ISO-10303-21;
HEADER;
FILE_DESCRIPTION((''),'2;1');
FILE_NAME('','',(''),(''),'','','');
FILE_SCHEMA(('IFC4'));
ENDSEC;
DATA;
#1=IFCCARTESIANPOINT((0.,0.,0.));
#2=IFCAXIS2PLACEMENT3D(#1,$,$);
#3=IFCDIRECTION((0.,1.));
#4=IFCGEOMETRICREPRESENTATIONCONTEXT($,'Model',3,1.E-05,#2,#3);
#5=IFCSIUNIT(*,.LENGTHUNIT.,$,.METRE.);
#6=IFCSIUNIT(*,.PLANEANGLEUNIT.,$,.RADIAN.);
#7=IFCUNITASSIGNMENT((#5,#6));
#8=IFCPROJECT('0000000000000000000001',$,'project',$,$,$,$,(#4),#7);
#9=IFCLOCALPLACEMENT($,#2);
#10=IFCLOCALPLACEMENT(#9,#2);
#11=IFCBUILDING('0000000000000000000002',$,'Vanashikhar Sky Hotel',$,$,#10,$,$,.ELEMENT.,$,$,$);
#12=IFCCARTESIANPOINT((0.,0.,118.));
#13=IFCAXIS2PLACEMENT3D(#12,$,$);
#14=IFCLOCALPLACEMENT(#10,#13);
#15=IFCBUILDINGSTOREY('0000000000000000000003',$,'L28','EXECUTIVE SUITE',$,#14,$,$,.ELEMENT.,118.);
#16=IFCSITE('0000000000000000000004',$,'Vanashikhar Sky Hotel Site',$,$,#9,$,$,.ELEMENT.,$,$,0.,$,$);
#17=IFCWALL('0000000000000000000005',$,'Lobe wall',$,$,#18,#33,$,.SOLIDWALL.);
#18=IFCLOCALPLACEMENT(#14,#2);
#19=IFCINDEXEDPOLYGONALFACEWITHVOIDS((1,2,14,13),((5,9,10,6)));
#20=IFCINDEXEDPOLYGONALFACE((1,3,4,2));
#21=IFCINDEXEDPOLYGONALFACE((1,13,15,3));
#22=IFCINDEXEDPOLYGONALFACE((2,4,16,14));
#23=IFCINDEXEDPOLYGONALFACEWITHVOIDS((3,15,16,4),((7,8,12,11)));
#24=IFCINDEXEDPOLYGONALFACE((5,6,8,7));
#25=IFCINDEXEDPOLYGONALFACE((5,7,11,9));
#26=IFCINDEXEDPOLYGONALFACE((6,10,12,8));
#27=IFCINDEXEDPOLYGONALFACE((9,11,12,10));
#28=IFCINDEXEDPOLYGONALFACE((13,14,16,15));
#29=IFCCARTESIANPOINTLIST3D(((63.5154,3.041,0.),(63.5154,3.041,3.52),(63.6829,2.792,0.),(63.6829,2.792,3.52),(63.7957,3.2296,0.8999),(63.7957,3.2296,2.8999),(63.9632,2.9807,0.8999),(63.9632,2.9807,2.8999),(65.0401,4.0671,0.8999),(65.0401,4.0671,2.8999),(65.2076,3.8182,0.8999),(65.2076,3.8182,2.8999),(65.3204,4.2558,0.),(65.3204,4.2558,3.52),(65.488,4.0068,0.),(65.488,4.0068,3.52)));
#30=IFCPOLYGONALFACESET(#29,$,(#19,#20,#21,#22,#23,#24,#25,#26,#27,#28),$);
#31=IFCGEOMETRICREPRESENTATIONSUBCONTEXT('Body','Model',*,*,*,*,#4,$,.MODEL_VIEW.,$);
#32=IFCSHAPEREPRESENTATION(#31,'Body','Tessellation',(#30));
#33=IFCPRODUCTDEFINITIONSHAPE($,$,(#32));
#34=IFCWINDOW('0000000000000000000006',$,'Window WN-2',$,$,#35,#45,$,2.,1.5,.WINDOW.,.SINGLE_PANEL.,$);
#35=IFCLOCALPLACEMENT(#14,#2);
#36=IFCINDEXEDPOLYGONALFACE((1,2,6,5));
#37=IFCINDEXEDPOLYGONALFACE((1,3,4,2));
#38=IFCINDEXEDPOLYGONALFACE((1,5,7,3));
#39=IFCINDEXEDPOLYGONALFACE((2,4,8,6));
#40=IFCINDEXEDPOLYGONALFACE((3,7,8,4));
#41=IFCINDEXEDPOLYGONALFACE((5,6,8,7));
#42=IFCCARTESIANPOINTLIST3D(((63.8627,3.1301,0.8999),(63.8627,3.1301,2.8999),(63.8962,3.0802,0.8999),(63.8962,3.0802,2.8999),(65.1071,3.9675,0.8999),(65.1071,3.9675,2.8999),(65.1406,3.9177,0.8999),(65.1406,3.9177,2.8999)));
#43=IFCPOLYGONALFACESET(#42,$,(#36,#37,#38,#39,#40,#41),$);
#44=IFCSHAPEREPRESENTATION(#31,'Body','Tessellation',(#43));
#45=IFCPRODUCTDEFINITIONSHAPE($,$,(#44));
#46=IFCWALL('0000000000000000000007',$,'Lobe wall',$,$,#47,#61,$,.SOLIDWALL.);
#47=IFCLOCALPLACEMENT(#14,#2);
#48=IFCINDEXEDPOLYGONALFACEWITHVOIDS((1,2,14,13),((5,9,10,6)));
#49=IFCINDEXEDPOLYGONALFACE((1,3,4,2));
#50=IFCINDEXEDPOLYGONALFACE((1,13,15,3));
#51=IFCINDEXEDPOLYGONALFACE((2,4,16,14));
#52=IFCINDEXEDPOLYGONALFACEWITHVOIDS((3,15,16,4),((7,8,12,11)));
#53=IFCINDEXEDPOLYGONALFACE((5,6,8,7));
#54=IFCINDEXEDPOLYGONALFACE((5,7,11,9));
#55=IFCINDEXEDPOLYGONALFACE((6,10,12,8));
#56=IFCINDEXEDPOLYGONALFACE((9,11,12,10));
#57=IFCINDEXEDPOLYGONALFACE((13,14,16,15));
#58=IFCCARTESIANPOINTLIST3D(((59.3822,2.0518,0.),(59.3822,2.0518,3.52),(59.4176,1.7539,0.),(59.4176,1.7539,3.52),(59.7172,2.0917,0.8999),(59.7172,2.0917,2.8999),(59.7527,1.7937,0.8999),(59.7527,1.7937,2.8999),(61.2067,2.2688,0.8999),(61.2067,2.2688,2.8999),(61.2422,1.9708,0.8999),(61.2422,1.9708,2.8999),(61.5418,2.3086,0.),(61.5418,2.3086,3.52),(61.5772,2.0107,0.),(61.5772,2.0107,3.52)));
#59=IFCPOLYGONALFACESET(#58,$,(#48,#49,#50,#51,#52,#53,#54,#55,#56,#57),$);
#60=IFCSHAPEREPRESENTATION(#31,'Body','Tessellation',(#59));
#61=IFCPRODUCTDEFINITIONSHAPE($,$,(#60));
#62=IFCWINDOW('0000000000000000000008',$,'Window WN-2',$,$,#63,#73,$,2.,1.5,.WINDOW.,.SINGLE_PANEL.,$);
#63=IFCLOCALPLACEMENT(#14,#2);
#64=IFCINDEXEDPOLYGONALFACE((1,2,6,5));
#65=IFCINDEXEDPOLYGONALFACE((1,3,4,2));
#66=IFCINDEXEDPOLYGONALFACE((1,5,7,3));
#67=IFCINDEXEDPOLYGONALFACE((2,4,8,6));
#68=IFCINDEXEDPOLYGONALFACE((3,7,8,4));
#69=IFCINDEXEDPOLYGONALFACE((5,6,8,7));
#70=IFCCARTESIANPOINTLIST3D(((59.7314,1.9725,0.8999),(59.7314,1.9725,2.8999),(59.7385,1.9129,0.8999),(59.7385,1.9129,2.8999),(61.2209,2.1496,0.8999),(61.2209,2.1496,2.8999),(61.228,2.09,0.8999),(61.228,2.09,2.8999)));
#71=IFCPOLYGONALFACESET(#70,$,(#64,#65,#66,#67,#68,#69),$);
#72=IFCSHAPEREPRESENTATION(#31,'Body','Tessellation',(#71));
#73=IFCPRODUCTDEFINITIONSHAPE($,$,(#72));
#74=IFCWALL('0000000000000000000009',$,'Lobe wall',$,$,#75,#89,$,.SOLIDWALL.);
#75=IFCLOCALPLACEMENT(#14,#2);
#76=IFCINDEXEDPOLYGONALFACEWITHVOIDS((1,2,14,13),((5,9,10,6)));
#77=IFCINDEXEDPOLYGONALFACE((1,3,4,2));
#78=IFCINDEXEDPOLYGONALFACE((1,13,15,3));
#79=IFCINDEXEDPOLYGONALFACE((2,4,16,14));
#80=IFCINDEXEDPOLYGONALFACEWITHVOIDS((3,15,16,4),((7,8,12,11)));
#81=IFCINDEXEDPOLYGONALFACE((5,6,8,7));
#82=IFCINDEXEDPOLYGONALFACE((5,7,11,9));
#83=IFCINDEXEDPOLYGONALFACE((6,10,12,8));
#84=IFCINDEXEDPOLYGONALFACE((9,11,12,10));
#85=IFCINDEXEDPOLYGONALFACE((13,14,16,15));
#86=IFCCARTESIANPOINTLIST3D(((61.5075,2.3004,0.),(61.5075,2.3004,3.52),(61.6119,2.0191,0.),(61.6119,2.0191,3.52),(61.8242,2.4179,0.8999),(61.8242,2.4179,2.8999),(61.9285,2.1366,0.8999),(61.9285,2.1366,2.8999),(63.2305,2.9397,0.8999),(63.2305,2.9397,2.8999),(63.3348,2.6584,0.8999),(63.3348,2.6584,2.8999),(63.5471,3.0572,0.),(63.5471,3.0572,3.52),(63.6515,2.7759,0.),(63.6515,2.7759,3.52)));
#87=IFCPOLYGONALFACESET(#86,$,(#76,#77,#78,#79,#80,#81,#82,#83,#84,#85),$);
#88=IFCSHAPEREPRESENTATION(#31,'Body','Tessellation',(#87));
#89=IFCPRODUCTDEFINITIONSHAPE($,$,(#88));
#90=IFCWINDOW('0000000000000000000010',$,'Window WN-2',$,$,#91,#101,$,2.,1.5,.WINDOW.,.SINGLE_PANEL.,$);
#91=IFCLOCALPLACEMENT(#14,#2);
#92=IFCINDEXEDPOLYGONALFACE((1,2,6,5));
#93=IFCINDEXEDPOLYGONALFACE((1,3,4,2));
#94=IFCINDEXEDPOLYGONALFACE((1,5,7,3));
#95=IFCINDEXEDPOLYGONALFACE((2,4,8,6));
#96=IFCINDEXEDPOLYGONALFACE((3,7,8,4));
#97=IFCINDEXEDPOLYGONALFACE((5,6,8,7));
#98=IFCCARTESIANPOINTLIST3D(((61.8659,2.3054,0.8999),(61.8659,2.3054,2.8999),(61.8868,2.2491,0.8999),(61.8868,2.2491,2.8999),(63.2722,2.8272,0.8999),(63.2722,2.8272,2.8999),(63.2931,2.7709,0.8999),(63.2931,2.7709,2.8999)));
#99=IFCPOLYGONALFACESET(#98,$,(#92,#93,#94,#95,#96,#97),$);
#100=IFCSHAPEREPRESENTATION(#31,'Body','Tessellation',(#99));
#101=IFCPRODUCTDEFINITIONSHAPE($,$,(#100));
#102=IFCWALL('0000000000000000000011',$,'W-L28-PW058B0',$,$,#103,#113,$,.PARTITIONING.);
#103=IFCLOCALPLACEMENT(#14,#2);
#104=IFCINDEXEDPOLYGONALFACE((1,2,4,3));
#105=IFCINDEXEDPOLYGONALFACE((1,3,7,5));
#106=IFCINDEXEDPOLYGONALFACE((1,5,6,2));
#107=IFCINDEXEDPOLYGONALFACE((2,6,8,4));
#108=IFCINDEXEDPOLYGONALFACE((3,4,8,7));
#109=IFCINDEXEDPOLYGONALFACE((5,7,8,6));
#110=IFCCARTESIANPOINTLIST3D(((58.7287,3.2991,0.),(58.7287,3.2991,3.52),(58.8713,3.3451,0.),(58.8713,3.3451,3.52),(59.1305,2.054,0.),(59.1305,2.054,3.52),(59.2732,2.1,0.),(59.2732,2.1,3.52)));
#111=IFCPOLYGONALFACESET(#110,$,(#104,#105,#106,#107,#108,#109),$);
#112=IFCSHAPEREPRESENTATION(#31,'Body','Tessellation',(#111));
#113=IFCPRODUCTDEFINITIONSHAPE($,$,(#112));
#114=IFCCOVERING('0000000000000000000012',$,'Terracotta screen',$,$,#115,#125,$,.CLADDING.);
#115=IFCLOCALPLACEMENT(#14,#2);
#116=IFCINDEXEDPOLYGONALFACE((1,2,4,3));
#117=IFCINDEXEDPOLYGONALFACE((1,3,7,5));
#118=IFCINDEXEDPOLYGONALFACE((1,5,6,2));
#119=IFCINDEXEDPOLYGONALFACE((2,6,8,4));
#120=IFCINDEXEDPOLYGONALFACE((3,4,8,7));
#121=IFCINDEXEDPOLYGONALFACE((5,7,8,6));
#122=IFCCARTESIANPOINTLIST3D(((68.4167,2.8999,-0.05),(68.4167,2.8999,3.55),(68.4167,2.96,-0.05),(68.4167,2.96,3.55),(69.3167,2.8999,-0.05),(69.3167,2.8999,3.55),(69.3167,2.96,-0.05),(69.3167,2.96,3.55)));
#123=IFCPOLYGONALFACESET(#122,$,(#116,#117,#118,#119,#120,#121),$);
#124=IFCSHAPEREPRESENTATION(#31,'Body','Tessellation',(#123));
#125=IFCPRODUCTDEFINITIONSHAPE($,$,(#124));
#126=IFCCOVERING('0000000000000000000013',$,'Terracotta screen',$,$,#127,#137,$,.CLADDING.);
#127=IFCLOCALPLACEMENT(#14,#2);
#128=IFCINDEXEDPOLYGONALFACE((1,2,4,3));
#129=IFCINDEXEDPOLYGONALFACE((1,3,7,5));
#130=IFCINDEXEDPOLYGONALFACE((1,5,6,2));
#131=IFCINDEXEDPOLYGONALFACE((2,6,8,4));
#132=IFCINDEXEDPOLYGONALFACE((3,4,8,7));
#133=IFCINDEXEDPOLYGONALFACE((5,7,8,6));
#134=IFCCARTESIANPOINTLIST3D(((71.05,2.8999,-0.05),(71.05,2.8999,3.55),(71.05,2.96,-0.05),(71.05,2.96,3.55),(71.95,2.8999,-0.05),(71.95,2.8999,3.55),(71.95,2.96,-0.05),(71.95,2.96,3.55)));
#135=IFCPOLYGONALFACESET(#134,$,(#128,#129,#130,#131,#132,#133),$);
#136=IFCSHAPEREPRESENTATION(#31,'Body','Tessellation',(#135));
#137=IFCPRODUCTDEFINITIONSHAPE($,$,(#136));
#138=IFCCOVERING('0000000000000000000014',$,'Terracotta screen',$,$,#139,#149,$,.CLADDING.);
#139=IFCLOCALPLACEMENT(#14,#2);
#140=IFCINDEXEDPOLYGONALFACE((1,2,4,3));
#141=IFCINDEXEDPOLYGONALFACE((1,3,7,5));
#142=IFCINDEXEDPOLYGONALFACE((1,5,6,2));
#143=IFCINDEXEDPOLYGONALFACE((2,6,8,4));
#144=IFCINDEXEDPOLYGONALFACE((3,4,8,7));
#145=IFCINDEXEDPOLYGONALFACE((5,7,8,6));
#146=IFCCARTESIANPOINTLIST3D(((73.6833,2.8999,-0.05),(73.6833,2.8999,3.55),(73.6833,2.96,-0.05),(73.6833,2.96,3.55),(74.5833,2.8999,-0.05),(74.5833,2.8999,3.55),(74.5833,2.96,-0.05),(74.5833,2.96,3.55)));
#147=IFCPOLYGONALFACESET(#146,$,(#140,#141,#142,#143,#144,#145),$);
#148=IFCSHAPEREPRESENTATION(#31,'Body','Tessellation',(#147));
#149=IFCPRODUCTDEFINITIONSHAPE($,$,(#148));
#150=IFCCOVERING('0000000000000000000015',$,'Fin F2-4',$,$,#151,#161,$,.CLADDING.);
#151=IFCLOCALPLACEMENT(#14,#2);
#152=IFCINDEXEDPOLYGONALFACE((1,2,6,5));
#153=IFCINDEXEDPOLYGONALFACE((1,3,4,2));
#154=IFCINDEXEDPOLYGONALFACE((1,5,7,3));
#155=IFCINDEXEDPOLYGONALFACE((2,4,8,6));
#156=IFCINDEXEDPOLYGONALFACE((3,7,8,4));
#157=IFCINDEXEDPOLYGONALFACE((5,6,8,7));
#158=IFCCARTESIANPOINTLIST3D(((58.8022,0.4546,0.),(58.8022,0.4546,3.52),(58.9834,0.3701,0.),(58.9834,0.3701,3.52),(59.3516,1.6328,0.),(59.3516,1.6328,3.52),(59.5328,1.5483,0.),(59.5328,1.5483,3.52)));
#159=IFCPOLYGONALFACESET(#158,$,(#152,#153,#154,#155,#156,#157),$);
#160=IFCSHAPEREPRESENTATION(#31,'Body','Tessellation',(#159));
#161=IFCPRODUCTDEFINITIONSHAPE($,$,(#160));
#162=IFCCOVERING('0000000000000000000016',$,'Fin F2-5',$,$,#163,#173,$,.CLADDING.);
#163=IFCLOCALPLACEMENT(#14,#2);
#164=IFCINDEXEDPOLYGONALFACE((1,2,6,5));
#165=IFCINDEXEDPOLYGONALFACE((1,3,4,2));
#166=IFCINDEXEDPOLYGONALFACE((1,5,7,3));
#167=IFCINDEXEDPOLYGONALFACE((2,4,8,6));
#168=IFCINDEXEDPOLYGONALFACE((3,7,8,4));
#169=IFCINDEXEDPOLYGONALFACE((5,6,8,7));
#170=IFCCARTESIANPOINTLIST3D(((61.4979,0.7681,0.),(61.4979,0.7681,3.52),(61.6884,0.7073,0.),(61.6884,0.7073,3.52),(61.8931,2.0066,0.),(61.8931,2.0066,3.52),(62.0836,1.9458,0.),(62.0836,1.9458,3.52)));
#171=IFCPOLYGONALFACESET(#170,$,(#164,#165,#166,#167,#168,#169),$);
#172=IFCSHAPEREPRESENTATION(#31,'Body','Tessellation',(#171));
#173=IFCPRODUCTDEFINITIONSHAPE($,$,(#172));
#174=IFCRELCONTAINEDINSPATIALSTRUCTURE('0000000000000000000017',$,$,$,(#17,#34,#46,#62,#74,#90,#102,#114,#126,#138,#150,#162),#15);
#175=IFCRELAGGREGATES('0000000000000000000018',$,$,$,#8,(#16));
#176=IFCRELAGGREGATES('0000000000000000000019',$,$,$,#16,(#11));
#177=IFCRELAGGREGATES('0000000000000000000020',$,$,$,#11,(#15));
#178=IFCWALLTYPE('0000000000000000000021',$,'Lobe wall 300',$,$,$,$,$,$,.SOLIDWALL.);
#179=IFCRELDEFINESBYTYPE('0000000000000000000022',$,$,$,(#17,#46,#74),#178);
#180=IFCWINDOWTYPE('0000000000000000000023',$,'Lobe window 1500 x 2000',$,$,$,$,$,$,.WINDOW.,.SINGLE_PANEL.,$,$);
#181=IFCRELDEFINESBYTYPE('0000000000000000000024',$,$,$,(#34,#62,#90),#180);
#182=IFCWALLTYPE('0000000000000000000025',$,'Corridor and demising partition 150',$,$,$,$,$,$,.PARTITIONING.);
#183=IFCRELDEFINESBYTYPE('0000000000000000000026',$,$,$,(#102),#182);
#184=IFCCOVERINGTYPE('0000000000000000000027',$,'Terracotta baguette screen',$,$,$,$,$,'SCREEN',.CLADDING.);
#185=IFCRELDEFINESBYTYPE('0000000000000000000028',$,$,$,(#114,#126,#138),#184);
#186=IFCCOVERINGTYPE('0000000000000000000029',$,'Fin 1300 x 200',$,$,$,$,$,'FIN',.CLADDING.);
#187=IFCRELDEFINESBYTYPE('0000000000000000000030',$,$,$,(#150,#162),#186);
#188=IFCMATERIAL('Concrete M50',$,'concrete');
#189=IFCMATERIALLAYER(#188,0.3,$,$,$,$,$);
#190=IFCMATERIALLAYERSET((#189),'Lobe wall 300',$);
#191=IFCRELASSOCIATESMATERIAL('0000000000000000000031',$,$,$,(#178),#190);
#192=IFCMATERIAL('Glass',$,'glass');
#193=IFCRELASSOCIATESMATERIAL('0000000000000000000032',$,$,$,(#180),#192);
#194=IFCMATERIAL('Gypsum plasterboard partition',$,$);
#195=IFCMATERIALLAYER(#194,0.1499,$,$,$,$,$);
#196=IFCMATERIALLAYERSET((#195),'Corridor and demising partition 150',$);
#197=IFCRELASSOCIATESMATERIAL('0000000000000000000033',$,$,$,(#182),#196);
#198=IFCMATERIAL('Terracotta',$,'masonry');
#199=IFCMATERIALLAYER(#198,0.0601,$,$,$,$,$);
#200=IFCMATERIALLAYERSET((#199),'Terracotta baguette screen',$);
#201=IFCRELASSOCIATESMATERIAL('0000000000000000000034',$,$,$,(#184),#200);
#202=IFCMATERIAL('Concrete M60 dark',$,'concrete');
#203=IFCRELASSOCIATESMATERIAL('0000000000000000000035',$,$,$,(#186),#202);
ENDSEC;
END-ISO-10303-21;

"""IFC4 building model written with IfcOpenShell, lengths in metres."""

from ifc_helpers import new_model, si_unit, direction, frame, frame_2d, origin, origin_2d, place, context, subcontext, project, spatial, rectangle, extrude, source, transform, mapped, material, layer, layer_set, material_profile, profile_set, type_object, element, fill, save


model = new_model("IFC4")

# Units and contexts
model_context = context("Model", 3, precision=1e-05, world=origin(), true_north=direction((0.0, 1.0)))
body_context = subcontext(model_context, "Body", "Model", "MODEL_VIEW")
ifc_project = project(units=[si_unit("LENGTHUNIT", "METRE"), si_unit("PLANEANGLEUNIT", "RADIAN")], contexts=[model_context])

# Site, building, storey
site_placement = place(None, origin())
site = spatial("IfcSite", under=ifc_project, at=site_placement, Name="Vanashikhar Sky Hotel Site", CompositionType="ELEMENT", RefElevation=0.0)
building_placement = place(site_placement, origin())
building = spatial("IfcBuilding", under=site, at=building_placement, Name="Vanashikhar Sky Hotel", CompositionType="ELEMENT")
storey_placement = place(building_placement, frame((0.0, 0.0, 118.0)))
storey = spatial("IfcBuildingStorey", under=building, at=storey_placement, Name="L28", Description="EXECUTIVE SUITE", CompositionType="ELEMENT", Elevation=118.0)

# Walls, openings, windows
ifc_material_1 = material(Name="Concrete M50", Category="concrete")
ifc_layer_1 = layer(ifc_material_1, 0.3)
ifc_layer_set_1 = layer_set([ifc_layer_1], Name="Lobe wall 300")
wall_type_1 = type_object("IfcWallType", Name="Lobe wall 300", PredefinedType="SOLIDWALL", material=ifc_layer_set_1)
shared_shape_1 = source(origin(), body_context, "Body", "SweptSolid", [
    extrude(rectangle(XDim=2.1758, YDim=0.3, at=frame_2d((1.0879, 0.0))), origin(), (0.0, 0.0, 1.0), 3.52),
])
wall_1_placement = place(storey_placement, frame((63.5991, 2.9165, 0.0), z_axis=(0.0, 0.0, 1.0), x_axis=(0.829626, 0.55832, 0.0)))
wall_1 = element("IfcWall", 1, at=wall_1_placement, inside=storey, type_object=wall_type_1, Name="Lobe wall", PredefinedType="SOLIDWALL", context=body_context, shape_type="MappedRepresentation", body=[
    mapped(shared_shape_1, transform((0.0, 0.0, 0.0), scale=1.0)),
])
shared_shape_2 = source(origin(), body_context, "Body", "SweptSolid", [
    extrude(rectangle(XDim=1.5, YDim=2.0, at=frame_2d((0.75, 1.0))), frame((0.0, 0.1602, 0.0), z_axis=(0.0, -1.0, 0.0), x_axis=(1.0, 0.0, 0.0)), (0.0, 0.0, 1.0), 0.3201),
])
opening_1_placement = place(wall_1_placement, frame((0.3379, 0.0, 0.8999)))
opening_1 = element("IfcOpeningElement", 2, at=opening_1_placement, cuts=wall_1, PredefinedType="OPENING", context=body_context, shape_type="MappedRepresentation", body=[
    mapped(shared_shape_2, transform((0.0, 0.0, 0.0), scale=1.0)),
])
ifc_material_2 = material(Name="Glass", Category="glass")
window_type = type_object("IfcWindowType", Name="Lobe window 1500 x 2000", PartitioningType="SINGLE_PANEL", PredefinedType="WINDOW", material=ifc_material_2)
shared_shape_3 = source(origin(), body_context, "Body", "SweptSolid", [
    extrude(rectangle(XDim=1.5, YDim=2.0, at=frame_2d((0.75, 1.0))), frame((0.0, 0.03, 0.0), z_axis=(0.0, -1.0, 0.0), x_axis=(1.0, 0.0, 0.0)), (0.0, 0.0, 1.0), 0.0601),
])
window_1_placement = place(opening_1_placement, origin())
window_1 = element("IfcWindow", 3, at=window_1_placement, inside=storey, type_object=window_type, Name="Window WN-2", OverallHeight=2.0, OverallWidth=1.5, PartitioningType="SINGLE_PANEL", PredefinedType="WINDOW", context=body_context, shape_type="MappedRepresentation", body=[
    mapped(shared_shape_3, transform((0.0, 0.0, 0.0), scale=1.0)),
])
fill(opening_1, window_1)
shared_shape_4 = source(origin(), body_context, "Body", "SweptSolid", [
    extrude(rectangle(XDim=2.1748, YDim=0.3, at=frame_2d((1.0874, 0.0))), origin(), (0.0, 0.0, 1.0), 3.52),
])
wall_2_placement = place(storey_placement, frame((59.3999, 1.9028, 0.0), z_axis=(0.0, 0.0, 1.0), x_axis=(0.993003, 0.118092, 0.0)))
wall_2 = element("IfcWall", 4, at=wall_2_placement, inside=storey, type_object=wall_type_1, Name="Lobe wall", PredefinedType="SOLIDWALL", context=body_context, shape_type="MappedRepresentation", body=[
    mapped(shared_shape_4, transform((0.0, 0.0, 0.0), scale=1.0)),
])
opening_2_placement = place(wall_2_placement, frame((0.3374, 0.0, 0.8999)))
opening_2 = element("IfcOpeningElement", 5, at=opening_2_placement, cuts=wall_2, PredefinedType="OPENING", context=body_context, shape_type="MappedRepresentation", body=[
    mapped(shared_shape_2, transform((0.0, 0.0, 0.0), scale=1.0)),
])
window_2_placement = place(opening_2_placement, origin())
window_2 = element("IfcWindow", 6, at=window_2_placement, inside=storey, type_object=window_type, Name="Window WN-2", OverallHeight=2.0, OverallWidth=1.5, PartitioningType="SINGLE_PANEL", PredefinedType="WINDOW", context=body_context, shape_type="MappedRepresentation", body=[
    mapped(shared_shape_3, transform((0.0, 0.0, 0.0), scale=1.0)),
])
fill(opening_2, window_2)
shared_shape_5 = source(origin(), body_context, "Body", "SweptSolid", [
    extrude(rectangle(XDim=2.1755, YDim=0.3, at=frame_2d((1.0879, 0.0))), origin(), (0.0, 0.0, 1.0), 3.52),
])
wall_3_placement = place(storey_placement, frame((61.5596, 2.1597, 0.0), z_axis=(0.0, 0.0, 1.0), x_axis=(0.937532, 0.347899, 0.0)))
wall_3 = element("IfcWall", 7, at=wall_3_placement, inside=storey, type_object=wall_type_1, Name="Lobe wall", PredefinedType="SOLIDWALL", context=body_context, shape_type="MappedRepresentation", body=[
    mapped(shared_shape_5, transform((0.0, 0.0, 0.0), scale=1.0)),
])
opening_3_placement = place(wall_3_placement, frame((0.3379, 0.0, 0.8999)))
opening_3 = element("IfcOpeningElement", 8, at=opening_3_placement, cuts=wall_3, PredefinedType="OPENING", context=body_context, shape_type="MappedRepresentation", body=[
    mapped(shared_shape_2, transform((0.0, 0.0, 0.0), scale=1.0)),
])
window_3_placement = place(opening_3_placement, origin())
window_3 = element("IfcWindow", 9, at=window_3_placement, inside=storey, type_object=window_type, Name="Window WN-2", OverallHeight=2.0, OverallWidth=1.5, PartitioningType="SINGLE_PANEL", PredefinedType="WINDOW", context=body_context, shape_type="MappedRepresentation", body=[
    mapped(shared_shape_3, transform((0.0, 0.0, 0.0), scale=1.0)),
])
fill(opening_3, window_3)

# Wall
ifc_material_3 = material(Name="Gypsum plasterboard partition")
ifc_layer_2 = layer(ifc_material_3, 0.1499)
ifc_layer_set_2 = layer_set([ifc_layer_2], Name="Corridor and demising partition 150")
wall_type_2 = type_object("IfcWallType", Name="Corridor and demising partition 150", PredefinedType="PARTITIONING", material=ifc_layer_set_2)
shared_shape_6 = source(origin(), body_context, "Body", "SweptSolid", [
    extrude(rectangle(XDim=1.3083, YDim=0.1499, at=frame_2d((0.6543, 0.0))), origin(), (0.0, 0.0, 1.0), 3.52),
])
wall_4_placement = place(storey_placement, frame((59.2019, 2.0769, 0.0), z_axis=(0.0, 0.0, 1.0), x_axis=(-0.307145, 0.951663, 0.0)))
element("IfcWall", 10, at=wall_4_placement, inside=storey, type_object=wall_type_2, Name="W-L28-PW058B0", PredefinedType="PARTITIONING", context=body_context, shape_type="MappedRepresentation", body=[
    mapped(shared_shape_6, transform((0.0, 0.0, 0.0), scale=1.0)),
])

# Coverings
ifc_material_4 = material(Name="Terracotta", Category="masonry")
ifc_layer_3 = layer(ifc_material_4, 0.0601)
ifc_layer_set_3 = layer_set([ifc_layer_3], Name="Terracotta baguette screen")
covering_type_1 = type_object("IfcCoveringType", Name="Terracotta baguette screen", ElementType="SCREEN", PredefinedType="CLADDING", material=ifc_layer_set_3)
shared_shape_7 = source(origin(), body_context, "Body", "SweptSolid", [
    extrude(rectangle(XDim=0.8999, YDim=0.0601, at=origin_2d()), origin(), (0.0, 0.0, 1.0), 3.6001),
])
for number, where, z_axis, x_axis, name in (
    (11, (68.8667, 2.9299, -0.05), (0.0, 0.0, 1.0), (1.0, 0.0, 0.0), "Terracotta screen"),
    (12, (71.5, 2.9299, -0.05), (0.0, 0.0, 1.0), (1.0, 0.0, 0.0), "Terracotta screen"),
    (13, (74.1333, 2.9299, -0.05), (0.0, 0.0, 1.0), (1.0, 0.0, 0.0), "Terracotta screen"),
):
    element("IfcCovering", number, at=place(storey_placement, frame(where, z_axis=z_axis, x_axis=x_axis)), inside=storey, type_object=covering_type_1, Name=name, PredefinedType="CLADDING", context=body_context, shape_type="MappedRepresentation", body=[
        mapped(shared_shape_7, transform((0.0, 0.0, 0.0), scale=1.0)),
    ])
ifc_material_5 = material(Name="Concrete M60 dark", Category="concrete")
ifc_material_profile = material_profile(ifc_material_5, rectangle(XDim=1.3, YDim=0.2, at=origin_2d()))
ifc_profile_set = profile_set([ifc_material_profile], Name="Fin 1300 x 200")
covering_type_2 = type_object("IfcCoveringType", Name="Fin 1300 x 200", ElementType="FIN", PredefinedType="CLADDING", material=ifc_profile_set)
shared_shape_8 = source(origin(), body_context, "Body", "SweptSolid", [
    extrude(rectangle(XDim=1.3, YDim=0.2, at=origin_2d()), origin(), (0.0, 0.0, 1.0), 3.52),
])
for number, where, z_axis, x_axis, name in (
    (14, (59.1675, 1.0015, 0.0), (0.0, 0.0, 1.0), (-0.422618, -0.906308, 0.0), "Fin F2-4"),
    (15, (61.7908, 1.3569, 0.0), (0.0, 0.0, 1.0), (-0.303967, -0.952683, 0.0), "Fin F2-5"),
):
    element("IfcCovering", number, at=place(storey_placement, frame(where, z_axis=z_axis, x_axis=x_axis)), inside=storey, type_object=covering_type_2, Name=name, PredefinedType="CLADDING", context=body_context, shape_type="MappedRepresentation", body=[
        mapped(shared_shape_8, transform((0.0, 0.0, 0.0), scale=1.0)),
    ])

save(model, "model.ifc")
